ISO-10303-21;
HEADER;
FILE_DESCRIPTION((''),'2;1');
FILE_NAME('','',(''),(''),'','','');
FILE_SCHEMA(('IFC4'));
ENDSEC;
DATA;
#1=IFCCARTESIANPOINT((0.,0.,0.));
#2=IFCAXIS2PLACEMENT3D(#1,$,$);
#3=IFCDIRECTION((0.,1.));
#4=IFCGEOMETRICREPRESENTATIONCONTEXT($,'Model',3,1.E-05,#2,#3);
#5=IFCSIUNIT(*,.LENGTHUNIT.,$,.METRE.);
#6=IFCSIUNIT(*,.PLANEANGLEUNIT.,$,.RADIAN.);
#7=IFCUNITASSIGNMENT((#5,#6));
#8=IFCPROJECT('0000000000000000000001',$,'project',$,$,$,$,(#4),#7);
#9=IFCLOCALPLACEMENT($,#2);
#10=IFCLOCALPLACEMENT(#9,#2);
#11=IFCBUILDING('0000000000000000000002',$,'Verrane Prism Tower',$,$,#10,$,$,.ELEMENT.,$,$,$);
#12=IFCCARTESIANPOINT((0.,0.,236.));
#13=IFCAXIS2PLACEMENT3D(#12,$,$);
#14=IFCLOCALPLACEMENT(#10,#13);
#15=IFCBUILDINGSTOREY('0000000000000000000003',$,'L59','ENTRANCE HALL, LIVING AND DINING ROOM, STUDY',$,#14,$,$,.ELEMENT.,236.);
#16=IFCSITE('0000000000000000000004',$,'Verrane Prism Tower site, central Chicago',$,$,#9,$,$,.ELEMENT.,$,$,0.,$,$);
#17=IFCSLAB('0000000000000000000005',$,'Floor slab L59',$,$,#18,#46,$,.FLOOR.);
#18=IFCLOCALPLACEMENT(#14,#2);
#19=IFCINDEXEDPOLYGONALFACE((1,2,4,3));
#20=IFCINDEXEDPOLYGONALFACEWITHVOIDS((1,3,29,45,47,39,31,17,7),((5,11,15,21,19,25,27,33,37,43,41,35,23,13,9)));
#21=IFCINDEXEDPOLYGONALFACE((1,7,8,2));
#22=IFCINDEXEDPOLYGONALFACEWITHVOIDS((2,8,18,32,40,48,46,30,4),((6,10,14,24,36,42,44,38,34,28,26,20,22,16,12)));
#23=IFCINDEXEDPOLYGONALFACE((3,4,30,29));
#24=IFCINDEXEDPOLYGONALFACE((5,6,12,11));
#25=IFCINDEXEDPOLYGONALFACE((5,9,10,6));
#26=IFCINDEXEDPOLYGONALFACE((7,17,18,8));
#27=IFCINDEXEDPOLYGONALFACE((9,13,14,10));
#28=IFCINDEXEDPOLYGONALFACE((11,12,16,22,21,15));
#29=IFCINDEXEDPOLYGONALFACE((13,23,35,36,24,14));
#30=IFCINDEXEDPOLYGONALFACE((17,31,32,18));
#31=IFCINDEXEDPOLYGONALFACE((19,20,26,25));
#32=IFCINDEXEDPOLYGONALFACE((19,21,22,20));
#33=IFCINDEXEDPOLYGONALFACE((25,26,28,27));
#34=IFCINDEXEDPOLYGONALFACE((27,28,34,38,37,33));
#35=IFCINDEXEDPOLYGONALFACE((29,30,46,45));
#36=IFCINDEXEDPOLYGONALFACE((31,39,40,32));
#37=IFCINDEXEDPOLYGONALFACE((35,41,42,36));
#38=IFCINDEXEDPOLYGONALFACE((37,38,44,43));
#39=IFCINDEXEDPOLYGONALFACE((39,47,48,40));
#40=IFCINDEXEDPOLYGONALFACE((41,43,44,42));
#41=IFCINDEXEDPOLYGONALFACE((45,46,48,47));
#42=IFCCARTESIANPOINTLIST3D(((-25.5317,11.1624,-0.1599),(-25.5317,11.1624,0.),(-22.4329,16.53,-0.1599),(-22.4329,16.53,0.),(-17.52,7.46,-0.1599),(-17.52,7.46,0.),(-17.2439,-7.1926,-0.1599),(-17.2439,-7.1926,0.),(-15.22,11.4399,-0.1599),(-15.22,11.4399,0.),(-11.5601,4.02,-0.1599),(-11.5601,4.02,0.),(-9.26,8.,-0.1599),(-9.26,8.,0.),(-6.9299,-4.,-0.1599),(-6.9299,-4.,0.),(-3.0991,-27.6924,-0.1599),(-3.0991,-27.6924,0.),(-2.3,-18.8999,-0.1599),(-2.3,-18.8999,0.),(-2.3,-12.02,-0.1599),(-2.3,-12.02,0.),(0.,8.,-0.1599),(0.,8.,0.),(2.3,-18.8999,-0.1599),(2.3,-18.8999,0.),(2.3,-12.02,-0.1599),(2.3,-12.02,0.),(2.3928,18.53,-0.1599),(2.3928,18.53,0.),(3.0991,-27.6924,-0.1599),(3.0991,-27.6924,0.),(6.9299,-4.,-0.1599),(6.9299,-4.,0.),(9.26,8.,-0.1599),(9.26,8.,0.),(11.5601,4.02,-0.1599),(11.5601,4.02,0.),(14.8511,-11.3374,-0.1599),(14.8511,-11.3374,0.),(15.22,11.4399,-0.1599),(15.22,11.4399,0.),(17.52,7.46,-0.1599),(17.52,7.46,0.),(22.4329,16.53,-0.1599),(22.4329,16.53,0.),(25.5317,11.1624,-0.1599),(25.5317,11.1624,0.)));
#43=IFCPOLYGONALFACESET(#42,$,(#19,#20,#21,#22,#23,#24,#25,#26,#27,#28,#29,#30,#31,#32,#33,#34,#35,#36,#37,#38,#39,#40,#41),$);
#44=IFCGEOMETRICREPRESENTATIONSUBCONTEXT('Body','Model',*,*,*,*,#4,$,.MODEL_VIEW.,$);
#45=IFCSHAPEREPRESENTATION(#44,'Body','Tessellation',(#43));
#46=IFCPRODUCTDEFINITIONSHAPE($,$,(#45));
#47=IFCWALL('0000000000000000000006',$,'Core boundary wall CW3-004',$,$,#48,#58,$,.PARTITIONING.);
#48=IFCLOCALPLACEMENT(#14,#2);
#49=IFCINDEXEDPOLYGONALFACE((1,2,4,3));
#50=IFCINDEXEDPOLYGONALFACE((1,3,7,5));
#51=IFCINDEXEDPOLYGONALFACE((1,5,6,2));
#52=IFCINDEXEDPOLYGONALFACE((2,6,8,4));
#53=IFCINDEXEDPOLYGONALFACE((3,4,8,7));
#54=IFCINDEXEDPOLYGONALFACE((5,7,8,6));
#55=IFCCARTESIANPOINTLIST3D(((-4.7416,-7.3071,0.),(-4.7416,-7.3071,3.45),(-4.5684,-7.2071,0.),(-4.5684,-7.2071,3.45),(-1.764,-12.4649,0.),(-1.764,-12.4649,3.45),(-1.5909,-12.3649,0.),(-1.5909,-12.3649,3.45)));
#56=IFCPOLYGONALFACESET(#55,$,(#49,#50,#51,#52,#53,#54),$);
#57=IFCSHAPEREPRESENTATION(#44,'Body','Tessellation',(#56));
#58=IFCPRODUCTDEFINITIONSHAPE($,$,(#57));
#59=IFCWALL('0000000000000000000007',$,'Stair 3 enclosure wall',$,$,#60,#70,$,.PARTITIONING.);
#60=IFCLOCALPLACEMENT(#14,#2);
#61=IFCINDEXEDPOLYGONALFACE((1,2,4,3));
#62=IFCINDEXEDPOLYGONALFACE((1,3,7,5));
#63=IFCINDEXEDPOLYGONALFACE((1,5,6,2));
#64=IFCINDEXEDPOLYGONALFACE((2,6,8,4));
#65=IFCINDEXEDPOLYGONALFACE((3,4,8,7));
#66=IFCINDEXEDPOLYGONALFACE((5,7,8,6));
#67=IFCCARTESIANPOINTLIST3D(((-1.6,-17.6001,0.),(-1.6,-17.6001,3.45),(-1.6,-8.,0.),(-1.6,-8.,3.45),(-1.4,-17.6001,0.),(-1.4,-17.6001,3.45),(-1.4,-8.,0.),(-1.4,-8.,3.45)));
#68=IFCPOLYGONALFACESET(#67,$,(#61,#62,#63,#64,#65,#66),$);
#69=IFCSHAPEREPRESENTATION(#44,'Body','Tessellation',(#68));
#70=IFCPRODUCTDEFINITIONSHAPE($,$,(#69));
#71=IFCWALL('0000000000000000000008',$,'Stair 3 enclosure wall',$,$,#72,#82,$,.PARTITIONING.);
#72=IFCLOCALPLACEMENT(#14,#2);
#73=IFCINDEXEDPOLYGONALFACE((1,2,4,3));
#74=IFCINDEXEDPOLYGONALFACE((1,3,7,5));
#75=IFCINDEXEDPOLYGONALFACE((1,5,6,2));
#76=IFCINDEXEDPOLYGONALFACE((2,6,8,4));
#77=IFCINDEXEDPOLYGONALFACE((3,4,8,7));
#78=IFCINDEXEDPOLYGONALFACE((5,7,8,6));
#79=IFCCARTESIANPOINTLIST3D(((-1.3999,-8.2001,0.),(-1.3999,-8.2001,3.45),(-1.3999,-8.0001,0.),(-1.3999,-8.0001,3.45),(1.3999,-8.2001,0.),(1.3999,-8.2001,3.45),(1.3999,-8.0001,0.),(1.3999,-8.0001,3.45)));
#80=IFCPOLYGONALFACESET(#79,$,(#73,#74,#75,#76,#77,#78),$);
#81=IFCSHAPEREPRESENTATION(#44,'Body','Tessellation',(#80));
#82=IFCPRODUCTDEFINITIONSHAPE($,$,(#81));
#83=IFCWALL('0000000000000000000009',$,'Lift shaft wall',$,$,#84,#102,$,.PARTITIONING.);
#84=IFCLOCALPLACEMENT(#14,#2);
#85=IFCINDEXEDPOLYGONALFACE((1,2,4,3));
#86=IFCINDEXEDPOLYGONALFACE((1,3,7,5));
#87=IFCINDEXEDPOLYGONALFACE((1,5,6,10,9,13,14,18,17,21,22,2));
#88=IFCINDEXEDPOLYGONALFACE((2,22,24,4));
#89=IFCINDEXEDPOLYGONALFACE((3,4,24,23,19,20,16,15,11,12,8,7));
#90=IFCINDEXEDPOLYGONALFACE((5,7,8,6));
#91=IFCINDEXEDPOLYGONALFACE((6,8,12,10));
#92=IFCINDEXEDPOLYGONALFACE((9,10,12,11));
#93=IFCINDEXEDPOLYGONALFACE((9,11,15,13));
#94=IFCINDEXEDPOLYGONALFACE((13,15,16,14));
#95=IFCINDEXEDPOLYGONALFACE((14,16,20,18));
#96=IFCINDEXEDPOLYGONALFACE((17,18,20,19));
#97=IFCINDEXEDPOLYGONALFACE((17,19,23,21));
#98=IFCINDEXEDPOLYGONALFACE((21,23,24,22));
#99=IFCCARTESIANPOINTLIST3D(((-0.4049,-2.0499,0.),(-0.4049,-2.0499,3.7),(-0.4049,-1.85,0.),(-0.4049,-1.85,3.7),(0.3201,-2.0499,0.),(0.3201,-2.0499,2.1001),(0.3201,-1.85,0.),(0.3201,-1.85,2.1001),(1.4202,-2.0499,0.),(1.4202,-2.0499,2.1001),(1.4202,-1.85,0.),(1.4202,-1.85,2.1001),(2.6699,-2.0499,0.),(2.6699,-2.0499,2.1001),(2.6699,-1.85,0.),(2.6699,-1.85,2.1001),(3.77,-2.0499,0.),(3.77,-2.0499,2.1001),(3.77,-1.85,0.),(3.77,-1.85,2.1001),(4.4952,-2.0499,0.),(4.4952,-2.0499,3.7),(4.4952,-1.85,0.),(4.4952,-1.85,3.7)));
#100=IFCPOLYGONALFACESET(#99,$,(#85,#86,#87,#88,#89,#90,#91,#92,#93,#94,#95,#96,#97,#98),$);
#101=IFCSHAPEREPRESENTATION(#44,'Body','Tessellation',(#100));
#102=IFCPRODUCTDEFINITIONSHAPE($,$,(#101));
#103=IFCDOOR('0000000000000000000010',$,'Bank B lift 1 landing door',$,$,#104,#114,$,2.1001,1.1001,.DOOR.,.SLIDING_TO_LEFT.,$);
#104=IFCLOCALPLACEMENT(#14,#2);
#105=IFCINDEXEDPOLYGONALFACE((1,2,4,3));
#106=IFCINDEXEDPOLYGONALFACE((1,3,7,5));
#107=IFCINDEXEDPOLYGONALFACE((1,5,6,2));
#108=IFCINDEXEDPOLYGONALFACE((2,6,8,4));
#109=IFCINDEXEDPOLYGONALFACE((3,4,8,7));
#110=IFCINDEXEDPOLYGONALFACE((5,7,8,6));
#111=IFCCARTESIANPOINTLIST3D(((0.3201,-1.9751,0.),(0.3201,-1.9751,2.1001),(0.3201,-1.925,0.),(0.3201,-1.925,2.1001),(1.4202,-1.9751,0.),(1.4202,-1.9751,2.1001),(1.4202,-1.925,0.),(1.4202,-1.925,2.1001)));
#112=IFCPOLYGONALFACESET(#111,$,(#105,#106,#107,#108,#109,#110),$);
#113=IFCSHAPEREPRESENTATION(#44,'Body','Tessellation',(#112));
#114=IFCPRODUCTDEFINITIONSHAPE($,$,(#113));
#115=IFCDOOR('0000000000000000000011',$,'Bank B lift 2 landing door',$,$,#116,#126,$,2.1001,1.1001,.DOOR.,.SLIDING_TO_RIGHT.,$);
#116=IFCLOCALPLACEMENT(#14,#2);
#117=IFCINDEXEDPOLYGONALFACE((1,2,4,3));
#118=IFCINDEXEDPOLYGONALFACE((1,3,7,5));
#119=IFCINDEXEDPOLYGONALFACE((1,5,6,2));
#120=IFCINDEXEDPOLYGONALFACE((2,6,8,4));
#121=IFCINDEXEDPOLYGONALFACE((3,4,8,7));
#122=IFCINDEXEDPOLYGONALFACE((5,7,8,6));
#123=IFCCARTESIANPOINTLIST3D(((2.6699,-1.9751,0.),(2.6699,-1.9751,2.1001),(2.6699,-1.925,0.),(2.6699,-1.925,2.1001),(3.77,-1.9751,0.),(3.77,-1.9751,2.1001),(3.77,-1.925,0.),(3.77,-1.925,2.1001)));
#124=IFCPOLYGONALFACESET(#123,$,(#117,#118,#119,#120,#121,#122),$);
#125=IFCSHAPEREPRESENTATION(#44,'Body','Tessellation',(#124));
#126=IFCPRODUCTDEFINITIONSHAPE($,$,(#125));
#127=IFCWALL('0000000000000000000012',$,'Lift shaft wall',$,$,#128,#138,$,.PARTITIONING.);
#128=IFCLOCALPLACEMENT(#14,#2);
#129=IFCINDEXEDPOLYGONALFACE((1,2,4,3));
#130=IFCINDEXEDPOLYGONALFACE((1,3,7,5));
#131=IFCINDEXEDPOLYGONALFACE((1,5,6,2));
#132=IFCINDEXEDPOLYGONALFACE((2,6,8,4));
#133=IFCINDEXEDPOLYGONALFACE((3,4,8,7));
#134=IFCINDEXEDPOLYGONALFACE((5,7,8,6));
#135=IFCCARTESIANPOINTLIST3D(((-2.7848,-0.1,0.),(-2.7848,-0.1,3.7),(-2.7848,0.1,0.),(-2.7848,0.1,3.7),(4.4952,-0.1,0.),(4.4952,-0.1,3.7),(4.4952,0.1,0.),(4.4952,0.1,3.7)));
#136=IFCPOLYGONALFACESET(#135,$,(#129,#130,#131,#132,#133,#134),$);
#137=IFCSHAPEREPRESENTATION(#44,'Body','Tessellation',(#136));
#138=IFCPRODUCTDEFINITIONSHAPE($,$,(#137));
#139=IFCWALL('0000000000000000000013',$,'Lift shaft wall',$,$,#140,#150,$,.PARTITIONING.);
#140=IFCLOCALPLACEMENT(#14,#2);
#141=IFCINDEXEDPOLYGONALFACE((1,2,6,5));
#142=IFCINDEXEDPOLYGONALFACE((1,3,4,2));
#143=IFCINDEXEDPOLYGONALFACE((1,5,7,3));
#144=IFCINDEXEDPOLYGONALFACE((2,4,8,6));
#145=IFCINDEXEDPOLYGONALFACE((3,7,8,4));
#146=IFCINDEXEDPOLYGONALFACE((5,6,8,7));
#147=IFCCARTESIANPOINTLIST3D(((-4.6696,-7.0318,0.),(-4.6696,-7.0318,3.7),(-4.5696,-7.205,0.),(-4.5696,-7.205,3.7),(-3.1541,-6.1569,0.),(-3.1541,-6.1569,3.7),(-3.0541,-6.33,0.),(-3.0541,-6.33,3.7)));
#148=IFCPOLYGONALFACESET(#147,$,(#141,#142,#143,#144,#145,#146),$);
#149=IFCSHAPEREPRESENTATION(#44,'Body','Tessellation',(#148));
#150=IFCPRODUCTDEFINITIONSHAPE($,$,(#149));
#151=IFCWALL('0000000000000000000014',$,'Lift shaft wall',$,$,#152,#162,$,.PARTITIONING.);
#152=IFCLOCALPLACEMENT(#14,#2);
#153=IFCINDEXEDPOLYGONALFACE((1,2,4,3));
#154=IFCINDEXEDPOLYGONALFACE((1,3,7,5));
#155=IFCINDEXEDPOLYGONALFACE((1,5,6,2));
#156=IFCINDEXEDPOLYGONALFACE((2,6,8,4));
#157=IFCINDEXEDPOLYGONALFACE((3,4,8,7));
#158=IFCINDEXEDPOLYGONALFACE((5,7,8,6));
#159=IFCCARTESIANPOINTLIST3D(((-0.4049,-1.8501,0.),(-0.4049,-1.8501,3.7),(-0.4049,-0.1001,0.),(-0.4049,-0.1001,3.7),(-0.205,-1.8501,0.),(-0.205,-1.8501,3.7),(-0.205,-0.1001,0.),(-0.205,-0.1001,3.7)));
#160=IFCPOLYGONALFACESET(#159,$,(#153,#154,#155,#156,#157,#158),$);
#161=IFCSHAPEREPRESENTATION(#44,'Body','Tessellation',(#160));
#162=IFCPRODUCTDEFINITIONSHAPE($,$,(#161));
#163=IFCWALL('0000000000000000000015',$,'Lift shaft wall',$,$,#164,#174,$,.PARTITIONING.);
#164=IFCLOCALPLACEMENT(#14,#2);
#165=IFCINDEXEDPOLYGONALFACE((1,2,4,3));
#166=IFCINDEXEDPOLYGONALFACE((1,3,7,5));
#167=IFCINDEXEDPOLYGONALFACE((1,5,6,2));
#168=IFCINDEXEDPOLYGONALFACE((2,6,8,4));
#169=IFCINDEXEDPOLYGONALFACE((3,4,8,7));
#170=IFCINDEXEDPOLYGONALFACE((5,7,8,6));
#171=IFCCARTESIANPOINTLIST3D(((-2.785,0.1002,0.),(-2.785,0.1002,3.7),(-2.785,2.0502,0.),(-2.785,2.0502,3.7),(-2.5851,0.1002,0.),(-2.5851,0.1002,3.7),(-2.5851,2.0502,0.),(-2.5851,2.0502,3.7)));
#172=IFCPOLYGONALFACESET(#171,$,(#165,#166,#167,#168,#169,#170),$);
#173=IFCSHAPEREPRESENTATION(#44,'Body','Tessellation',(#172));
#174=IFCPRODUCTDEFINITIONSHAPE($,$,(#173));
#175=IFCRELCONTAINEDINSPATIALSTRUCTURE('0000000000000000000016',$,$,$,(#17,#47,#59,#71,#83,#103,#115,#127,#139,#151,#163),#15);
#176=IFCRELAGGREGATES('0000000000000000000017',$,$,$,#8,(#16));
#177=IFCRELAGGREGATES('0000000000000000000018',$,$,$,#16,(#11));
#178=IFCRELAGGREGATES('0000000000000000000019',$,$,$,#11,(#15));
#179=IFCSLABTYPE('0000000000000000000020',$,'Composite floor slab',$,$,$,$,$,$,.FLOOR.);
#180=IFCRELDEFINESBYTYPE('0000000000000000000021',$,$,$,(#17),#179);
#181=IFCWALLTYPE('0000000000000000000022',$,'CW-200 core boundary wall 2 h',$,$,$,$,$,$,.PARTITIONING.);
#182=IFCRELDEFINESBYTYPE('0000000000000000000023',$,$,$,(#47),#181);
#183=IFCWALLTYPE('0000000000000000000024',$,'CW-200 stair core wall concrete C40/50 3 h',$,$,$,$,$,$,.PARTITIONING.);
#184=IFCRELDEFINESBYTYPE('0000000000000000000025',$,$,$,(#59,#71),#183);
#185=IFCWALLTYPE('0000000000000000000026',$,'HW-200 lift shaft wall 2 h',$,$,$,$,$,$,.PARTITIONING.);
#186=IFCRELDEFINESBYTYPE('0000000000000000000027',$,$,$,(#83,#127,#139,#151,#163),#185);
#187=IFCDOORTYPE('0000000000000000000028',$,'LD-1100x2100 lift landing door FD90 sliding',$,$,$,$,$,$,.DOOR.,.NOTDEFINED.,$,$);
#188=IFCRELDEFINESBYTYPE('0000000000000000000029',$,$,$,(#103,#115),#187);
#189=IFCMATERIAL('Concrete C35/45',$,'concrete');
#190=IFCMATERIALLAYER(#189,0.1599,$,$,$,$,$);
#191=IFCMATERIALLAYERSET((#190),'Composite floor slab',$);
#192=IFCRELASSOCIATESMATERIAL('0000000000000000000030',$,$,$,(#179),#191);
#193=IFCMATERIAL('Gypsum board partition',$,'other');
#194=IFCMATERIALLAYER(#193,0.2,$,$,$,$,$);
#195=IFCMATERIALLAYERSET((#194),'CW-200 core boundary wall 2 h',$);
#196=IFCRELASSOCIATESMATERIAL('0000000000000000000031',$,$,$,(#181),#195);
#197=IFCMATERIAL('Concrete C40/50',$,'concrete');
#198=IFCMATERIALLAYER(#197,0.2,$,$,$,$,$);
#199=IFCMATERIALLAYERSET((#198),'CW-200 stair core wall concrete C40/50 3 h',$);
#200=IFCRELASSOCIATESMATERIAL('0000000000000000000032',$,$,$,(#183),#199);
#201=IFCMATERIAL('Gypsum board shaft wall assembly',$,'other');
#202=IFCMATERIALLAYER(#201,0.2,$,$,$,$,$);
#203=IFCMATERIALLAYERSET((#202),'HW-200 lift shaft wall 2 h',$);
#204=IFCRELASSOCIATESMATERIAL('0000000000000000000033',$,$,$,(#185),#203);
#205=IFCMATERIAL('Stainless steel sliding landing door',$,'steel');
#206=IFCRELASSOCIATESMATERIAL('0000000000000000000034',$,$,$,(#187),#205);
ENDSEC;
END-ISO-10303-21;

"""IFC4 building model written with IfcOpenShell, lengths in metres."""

from ifc_helpers import new_model, si_unit, direction, frame, frame_2d, origin, place, context, subcontext, project, spatial, polyline, rectangle, outline, extrude, material, layer, layer_set, type_object, element, fill, save


model = new_model("IFC4")

# Units and contexts
model_context = context("Model", 3, precision=1e-05, world=origin(), true_north=direction((0.0, 1.0)))
body_context = subcontext(model_context, "Body", "Model", "MODEL_VIEW")
ifc_project = project(units=[si_unit("LENGTHUNIT", "METRE"), si_unit("PLANEANGLEUNIT", "RADIAN")], contexts=[model_context])

# Site, building, storey
site_placement = place(None, origin())
site = spatial("IfcSite", under=ifc_project, at=site_placement, Name="Verrane Prism Tower site, central Chicago", CompositionType="ELEMENT", RefElevation=0.0)
building_placement = place(site_placement, origin())
building = spatial("IfcBuilding", under=site, at=building_placement, Name="Verrane Prism Tower", CompositionType="ELEMENT")
storey_placement = place(building_placement, frame((0.0, 0.0, 236.0)))
storey = spatial("IfcBuildingStorey", under=building, at=storey_placement, Name="L59", Description="ENTRANCE HALL, LIVING AND DINING ROOM, STUDY", CompositionType="ELEMENT", Elevation=236.0)

# Slab
ifc_material_1 = material(Name="Concrete C35/45", Category="concrete")
ifc_layer_1 = layer(ifc_material_1, 0.1599)
ifc_layer_set_1 = layer_set([ifc_layer_1], Name="Composite floor slab")
slab_type = type_object("IfcSlabType", Name="Composite floor slab", PredefinedType="FLOOR", material=ifc_layer_set_1)
slab_placement = place(storey_placement, frame((0.0, 0.0, -0.1599)))
element("IfcSlab", 1, at=slab_placement, inside=storey, type_object=slab_type, Name="Floor slab L59", PredefinedType="FLOOR", context=body_context, shape_type="SweptSolid", body=[
    extrude(outline(polyline([(14.8511, -11.3374), (3.0991, -27.6924), (-3.0991, -27.6924), (-17.2439, -7.1926), (-25.5317, 11.1624), (-22.4329, 16.53), (2.3928, 18.53), (22.4329, 16.53), (25.5317, 11.1624), (14.8511, -11.3374)]), holes=[polyline([(17.52, 7.46), (15.22, 11.4399), (9.26, 8.0), (0.0, 8.0), (-9.26, 8.0), (-15.22, 11.4399), (-17.52, 7.46), (-11.5601, 4.02), (-6.9299, -4.0), (-2.3, -12.02), (-2.3, -18.8999), (2.3, -18.8999), (2.3, -12.02), (6.9299, -4.0), (11.5601, 4.02), (17.52, 7.46)])]), origin(), (0.0, 0.0, 1.0), 0.1599),
])

# Walls
ifc_material_2 = material(Name="Gypsum board partition", Category="other")
ifc_layer_2 = layer(ifc_material_2, 0.2)
ifc_layer_set_2 = layer_set([ifc_layer_2], Name="CW-200 core boundary wall 2 h")
wall_type_1 = type_object("IfcWallType", Name="CW-200 core boundary wall 2 h", PredefinedType="PARTITIONING", material=ifc_layer_set_2)
wall_1_placement = place(storey_placement, frame((-4.655, -7.2571, 0.0), z_axis=(0.0, 0.0, 1.0), x_axis=(0.499966, -0.866045, 0.0)))
element("IfcWall", 2, at=wall_1_placement, inside=storey, type_object=wall_type_1, Name="Core boundary wall CW3-004", PredefinedType="PARTITIONING", context=body_context, shape_type="SweptSolid", body=[
    extrude(rectangle(XDim=5.9556, YDim=0.2, at=frame_2d((2.9778, 0.0))), origin(), (0.0, 0.0, 1.0), 3.45),
])
ifc_material_3 = material(Name="Concrete C40/50", Category="concrete")
ifc_layer_3 = layer(ifc_material_3, 0.2)
ifc_layer_set_3 = layer_set([ifc_layer_3], Name="CW-200 stair core wall concrete C40/50 3 h")
wall_type_2 = type_object("IfcWallType", Name="CW-200 stair core wall concrete C40/50 3 h", PredefinedType="PARTITIONING", material=ifc_layer_set_3)
wall_2_placement = place(storey_placement, frame((-1.5, -8.0, 0.0), z_axis=(0.0, 0.0, 1.0), x_axis=(0.0, -1.0, 0.0)))
element("IfcWall", 3, at=wall_2_placement, inside=storey, type_object=wall_type_2, Name="Stair 3 enclosure wall", PredefinedType="PARTITIONING", context=body_context, shape_type="SweptSolid", body=[
    extrude(rectangle(XDim=9.6001, YDim=0.2, at=frame_2d((4.8, 0.0))), origin(), (0.0, 0.0, 1.0), 3.45),
])
wall_3_placement = place(storey_placement, frame((-1.3999, -8.1001, 0.0), z_axis=(0.0, 0.0, 1.0), x_axis=(1.0, 0.0, 0.0)))
element("IfcWall", 4, at=wall_3_placement, inside=storey, type_object=wall_type_2, Name="Stair 3 enclosure wall", PredefinedType="PARTITIONING", context=body_context, shape_type="SweptSolid", body=[
    extrude(rectangle(XDim=2.7998, YDim=0.2, at=frame_2d((1.3999, 0.0))), origin(), (0.0, 0.0, 1.0), 3.45),
])

# Wall, openings, doors
ifc_material_4 = material(Name="Gypsum board shaft wall assembly", Category="other")
ifc_layer_4 = layer(ifc_material_4, 0.2)
ifc_layer_set_4 = layer_set([ifc_layer_4], Name="HW-200 lift shaft wall 2 h")
wall_type_3 = type_object("IfcWallType", Name="HW-200 lift shaft wall 2 h", PredefinedType="PARTITIONING", material=ifc_layer_set_4)
wall_4_placement = place(storey_placement, frame((-0.405, -1.95, 0.0), z_axis=(0.0, 0.0, 1.0), x_axis=(1.0, 0.0, 0.0)))
wall_4 = element("IfcWall", 5, at=wall_4_placement, inside=storey, type_object=wall_type_3, Name="Lift shaft wall", PredefinedType="PARTITIONING", context=body_context, shape_type="SweptSolid", body=[
    extrude(rectangle(XDim=4.9001, YDim=0.2, at=frame_2d((2.4502, 0.0))), origin(), (0.0, 0.0, 1.0), 3.7),
])
opening_1_placement = place(wall_4_placement, frame((0.7251, 0.0, 0.0)))
opening_1 = element("IfcOpeningElement", 6, at=opening_1_placement, cuts=wall_4, PredefinedType="OPENING", context=body_context, shape_type="SweptSolid", body=[
    extrude(rectangle(XDim=1.1001, YDim=2.1001, at=frame_2d((0.55, 1.05))), frame((0.0, 0.1099, 0.0), z_axis=(0.0, -1.0, 0.0), x_axis=(1.0, 0.0, 0.0)), (0.0, 0.0, 1.0), 0.22),
])
opening_2_placement = place(wall_4_placement, frame((3.075, 0.0, 0.0)))
opening_2 = element("IfcOpeningElement", 7, at=opening_2_placement, cuts=wall_4, PredefinedType="OPENING", context=body_context, shape_type="SweptSolid", body=[
    extrude(rectangle(XDim=1.1001, YDim=2.1001, at=frame_2d((0.55, 1.05))), frame((0.0, 0.1099, 0.0), z_axis=(0.0, -1.0, 0.0), x_axis=(1.0, 0.0, 0.0)), (0.0, 0.0, 1.0), 0.22),
])
ifc_material_5 = material(Name="Stainless steel sliding landing door", Category="steel")
door_type = type_object("IfcDoorType", Name="LD-1100x2100 lift landing door FD90 sliding", OperationType="NOTDEFINED", PredefinedType="DOOR", material=ifc_material_5)
door_1_placement = place(opening_1_placement, origin())
door_1 = element("IfcDoor", 8, at=door_1_placement, inside=storey, type_object=door_type, Name="Bank B lift 1 landing door", OperationType="SLIDING_TO_LEFT", OverallHeight=2.1001, OverallWidth=1.1001, PredefinedType="DOOR", context=body_context, shape_type="SweptSolid", body=[
    extrude(rectangle(XDim=1.1001, YDim=2.1001, at=frame_2d((0.55, 1.05))), frame((0.0, 0.0249, 0.0), z_axis=(0.0, -1.0, 0.0), x_axis=(1.0, 0.0, 0.0)), (0.0, 0.0, 1.0), 0.05),
])
fill(opening_1, door_1)
door_2_placement = place(opening_2_placement, origin())
door_2 = element("IfcDoor", 9, at=door_2_placement, inside=storey, type_object=door_type, Name="Bank B lift 2 landing door", OperationType="SLIDING_TO_RIGHT", OverallHeight=2.1001, OverallWidth=1.1001, PredefinedType="DOOR", context=body_context, shape_type="SweptSolid", body=[
    extrude(rectangle(XDim=1.1001, YDim=2.1001, at=frame_2d((0.55, 1.05))), frame((0.0, 0.0249, 0.0), z_axis=(0.0, -1.0, 0.0), x_axis=(1.0, 0.0, 0.0)), (0.0, 0.0, 1.0), 0.05),
])
fill(opening_2, door_2)

# Walls
wall_5_placement = place(storey_placement, frame((-2.7849, 0.0, 0.0), z_axis=(0.0, 0.0, 1.0), x_axis=(1.0, 0.0, 0.0)))
element("IfcWall", 10, at=wall_5_placement, inside=storey, type_object=wall_type_3, Name="Lift shaft wall", PredefinedType="PARTITIONING", context=body_context, shape_type="SweptSolid", body=[
    extrude(rectangle(XDim=7.28, YDim=0.2, at=frame_2d((3.6401, 0.0))), origin(), (0.0, 0.0, 1.0), 3.7),
])
for number, where, z_axis, x_axis, name in (
    (11, (-4.6196, -7.1184, 0.0), (0.0, 0.0, 1.0), (0.866037, 0.49998, 0.0), "Lift shaft wall"),
    (12, (-0.3049, -1.8501, 0.0), (0.0, 0.0, 1.0), (0.0, 1.0, 0.0), "Lift shaft wall"),
):
    element("IfcWall", number, at=place(storey_placement, frame(where, z_axis=z_axis, x_axis=x_axis)), inside=storey, type_object=wall_type_3, Name=name, PredefinedType="PARTITIONING", context=body_context, shape_type="SweptSolid", body=[
        extrude(rectangle(XDim=1.75, YDim=0.2, at=frame_2d((0.875, 0.0))), origin(), (0.0, 0.0, 1.0), 3.7),
    ])
wall_6_placement = place(storey_placement, frame((-2.6851, 0.1001, 0.0), z_axis=(0.0, 0.0, 1.0), x_axis=(0.0, 1.0, 0.0)))
element("IfcWall", 13, at=wall_6_placement, inside=storey, type_object=wall_type_3, Name="Lift shaft wall", PredefinedType="PARTITIONING", context=body_context, shape_type="SweptSolid", body=[
    extrude(rectangle(XDim=1.95, YDim=0.2, at=frame_2d((0.9751, 0.0))), origin(), (0.0, 0.0, 1.0), 3.7),
])

save(model, "model.ifc")
